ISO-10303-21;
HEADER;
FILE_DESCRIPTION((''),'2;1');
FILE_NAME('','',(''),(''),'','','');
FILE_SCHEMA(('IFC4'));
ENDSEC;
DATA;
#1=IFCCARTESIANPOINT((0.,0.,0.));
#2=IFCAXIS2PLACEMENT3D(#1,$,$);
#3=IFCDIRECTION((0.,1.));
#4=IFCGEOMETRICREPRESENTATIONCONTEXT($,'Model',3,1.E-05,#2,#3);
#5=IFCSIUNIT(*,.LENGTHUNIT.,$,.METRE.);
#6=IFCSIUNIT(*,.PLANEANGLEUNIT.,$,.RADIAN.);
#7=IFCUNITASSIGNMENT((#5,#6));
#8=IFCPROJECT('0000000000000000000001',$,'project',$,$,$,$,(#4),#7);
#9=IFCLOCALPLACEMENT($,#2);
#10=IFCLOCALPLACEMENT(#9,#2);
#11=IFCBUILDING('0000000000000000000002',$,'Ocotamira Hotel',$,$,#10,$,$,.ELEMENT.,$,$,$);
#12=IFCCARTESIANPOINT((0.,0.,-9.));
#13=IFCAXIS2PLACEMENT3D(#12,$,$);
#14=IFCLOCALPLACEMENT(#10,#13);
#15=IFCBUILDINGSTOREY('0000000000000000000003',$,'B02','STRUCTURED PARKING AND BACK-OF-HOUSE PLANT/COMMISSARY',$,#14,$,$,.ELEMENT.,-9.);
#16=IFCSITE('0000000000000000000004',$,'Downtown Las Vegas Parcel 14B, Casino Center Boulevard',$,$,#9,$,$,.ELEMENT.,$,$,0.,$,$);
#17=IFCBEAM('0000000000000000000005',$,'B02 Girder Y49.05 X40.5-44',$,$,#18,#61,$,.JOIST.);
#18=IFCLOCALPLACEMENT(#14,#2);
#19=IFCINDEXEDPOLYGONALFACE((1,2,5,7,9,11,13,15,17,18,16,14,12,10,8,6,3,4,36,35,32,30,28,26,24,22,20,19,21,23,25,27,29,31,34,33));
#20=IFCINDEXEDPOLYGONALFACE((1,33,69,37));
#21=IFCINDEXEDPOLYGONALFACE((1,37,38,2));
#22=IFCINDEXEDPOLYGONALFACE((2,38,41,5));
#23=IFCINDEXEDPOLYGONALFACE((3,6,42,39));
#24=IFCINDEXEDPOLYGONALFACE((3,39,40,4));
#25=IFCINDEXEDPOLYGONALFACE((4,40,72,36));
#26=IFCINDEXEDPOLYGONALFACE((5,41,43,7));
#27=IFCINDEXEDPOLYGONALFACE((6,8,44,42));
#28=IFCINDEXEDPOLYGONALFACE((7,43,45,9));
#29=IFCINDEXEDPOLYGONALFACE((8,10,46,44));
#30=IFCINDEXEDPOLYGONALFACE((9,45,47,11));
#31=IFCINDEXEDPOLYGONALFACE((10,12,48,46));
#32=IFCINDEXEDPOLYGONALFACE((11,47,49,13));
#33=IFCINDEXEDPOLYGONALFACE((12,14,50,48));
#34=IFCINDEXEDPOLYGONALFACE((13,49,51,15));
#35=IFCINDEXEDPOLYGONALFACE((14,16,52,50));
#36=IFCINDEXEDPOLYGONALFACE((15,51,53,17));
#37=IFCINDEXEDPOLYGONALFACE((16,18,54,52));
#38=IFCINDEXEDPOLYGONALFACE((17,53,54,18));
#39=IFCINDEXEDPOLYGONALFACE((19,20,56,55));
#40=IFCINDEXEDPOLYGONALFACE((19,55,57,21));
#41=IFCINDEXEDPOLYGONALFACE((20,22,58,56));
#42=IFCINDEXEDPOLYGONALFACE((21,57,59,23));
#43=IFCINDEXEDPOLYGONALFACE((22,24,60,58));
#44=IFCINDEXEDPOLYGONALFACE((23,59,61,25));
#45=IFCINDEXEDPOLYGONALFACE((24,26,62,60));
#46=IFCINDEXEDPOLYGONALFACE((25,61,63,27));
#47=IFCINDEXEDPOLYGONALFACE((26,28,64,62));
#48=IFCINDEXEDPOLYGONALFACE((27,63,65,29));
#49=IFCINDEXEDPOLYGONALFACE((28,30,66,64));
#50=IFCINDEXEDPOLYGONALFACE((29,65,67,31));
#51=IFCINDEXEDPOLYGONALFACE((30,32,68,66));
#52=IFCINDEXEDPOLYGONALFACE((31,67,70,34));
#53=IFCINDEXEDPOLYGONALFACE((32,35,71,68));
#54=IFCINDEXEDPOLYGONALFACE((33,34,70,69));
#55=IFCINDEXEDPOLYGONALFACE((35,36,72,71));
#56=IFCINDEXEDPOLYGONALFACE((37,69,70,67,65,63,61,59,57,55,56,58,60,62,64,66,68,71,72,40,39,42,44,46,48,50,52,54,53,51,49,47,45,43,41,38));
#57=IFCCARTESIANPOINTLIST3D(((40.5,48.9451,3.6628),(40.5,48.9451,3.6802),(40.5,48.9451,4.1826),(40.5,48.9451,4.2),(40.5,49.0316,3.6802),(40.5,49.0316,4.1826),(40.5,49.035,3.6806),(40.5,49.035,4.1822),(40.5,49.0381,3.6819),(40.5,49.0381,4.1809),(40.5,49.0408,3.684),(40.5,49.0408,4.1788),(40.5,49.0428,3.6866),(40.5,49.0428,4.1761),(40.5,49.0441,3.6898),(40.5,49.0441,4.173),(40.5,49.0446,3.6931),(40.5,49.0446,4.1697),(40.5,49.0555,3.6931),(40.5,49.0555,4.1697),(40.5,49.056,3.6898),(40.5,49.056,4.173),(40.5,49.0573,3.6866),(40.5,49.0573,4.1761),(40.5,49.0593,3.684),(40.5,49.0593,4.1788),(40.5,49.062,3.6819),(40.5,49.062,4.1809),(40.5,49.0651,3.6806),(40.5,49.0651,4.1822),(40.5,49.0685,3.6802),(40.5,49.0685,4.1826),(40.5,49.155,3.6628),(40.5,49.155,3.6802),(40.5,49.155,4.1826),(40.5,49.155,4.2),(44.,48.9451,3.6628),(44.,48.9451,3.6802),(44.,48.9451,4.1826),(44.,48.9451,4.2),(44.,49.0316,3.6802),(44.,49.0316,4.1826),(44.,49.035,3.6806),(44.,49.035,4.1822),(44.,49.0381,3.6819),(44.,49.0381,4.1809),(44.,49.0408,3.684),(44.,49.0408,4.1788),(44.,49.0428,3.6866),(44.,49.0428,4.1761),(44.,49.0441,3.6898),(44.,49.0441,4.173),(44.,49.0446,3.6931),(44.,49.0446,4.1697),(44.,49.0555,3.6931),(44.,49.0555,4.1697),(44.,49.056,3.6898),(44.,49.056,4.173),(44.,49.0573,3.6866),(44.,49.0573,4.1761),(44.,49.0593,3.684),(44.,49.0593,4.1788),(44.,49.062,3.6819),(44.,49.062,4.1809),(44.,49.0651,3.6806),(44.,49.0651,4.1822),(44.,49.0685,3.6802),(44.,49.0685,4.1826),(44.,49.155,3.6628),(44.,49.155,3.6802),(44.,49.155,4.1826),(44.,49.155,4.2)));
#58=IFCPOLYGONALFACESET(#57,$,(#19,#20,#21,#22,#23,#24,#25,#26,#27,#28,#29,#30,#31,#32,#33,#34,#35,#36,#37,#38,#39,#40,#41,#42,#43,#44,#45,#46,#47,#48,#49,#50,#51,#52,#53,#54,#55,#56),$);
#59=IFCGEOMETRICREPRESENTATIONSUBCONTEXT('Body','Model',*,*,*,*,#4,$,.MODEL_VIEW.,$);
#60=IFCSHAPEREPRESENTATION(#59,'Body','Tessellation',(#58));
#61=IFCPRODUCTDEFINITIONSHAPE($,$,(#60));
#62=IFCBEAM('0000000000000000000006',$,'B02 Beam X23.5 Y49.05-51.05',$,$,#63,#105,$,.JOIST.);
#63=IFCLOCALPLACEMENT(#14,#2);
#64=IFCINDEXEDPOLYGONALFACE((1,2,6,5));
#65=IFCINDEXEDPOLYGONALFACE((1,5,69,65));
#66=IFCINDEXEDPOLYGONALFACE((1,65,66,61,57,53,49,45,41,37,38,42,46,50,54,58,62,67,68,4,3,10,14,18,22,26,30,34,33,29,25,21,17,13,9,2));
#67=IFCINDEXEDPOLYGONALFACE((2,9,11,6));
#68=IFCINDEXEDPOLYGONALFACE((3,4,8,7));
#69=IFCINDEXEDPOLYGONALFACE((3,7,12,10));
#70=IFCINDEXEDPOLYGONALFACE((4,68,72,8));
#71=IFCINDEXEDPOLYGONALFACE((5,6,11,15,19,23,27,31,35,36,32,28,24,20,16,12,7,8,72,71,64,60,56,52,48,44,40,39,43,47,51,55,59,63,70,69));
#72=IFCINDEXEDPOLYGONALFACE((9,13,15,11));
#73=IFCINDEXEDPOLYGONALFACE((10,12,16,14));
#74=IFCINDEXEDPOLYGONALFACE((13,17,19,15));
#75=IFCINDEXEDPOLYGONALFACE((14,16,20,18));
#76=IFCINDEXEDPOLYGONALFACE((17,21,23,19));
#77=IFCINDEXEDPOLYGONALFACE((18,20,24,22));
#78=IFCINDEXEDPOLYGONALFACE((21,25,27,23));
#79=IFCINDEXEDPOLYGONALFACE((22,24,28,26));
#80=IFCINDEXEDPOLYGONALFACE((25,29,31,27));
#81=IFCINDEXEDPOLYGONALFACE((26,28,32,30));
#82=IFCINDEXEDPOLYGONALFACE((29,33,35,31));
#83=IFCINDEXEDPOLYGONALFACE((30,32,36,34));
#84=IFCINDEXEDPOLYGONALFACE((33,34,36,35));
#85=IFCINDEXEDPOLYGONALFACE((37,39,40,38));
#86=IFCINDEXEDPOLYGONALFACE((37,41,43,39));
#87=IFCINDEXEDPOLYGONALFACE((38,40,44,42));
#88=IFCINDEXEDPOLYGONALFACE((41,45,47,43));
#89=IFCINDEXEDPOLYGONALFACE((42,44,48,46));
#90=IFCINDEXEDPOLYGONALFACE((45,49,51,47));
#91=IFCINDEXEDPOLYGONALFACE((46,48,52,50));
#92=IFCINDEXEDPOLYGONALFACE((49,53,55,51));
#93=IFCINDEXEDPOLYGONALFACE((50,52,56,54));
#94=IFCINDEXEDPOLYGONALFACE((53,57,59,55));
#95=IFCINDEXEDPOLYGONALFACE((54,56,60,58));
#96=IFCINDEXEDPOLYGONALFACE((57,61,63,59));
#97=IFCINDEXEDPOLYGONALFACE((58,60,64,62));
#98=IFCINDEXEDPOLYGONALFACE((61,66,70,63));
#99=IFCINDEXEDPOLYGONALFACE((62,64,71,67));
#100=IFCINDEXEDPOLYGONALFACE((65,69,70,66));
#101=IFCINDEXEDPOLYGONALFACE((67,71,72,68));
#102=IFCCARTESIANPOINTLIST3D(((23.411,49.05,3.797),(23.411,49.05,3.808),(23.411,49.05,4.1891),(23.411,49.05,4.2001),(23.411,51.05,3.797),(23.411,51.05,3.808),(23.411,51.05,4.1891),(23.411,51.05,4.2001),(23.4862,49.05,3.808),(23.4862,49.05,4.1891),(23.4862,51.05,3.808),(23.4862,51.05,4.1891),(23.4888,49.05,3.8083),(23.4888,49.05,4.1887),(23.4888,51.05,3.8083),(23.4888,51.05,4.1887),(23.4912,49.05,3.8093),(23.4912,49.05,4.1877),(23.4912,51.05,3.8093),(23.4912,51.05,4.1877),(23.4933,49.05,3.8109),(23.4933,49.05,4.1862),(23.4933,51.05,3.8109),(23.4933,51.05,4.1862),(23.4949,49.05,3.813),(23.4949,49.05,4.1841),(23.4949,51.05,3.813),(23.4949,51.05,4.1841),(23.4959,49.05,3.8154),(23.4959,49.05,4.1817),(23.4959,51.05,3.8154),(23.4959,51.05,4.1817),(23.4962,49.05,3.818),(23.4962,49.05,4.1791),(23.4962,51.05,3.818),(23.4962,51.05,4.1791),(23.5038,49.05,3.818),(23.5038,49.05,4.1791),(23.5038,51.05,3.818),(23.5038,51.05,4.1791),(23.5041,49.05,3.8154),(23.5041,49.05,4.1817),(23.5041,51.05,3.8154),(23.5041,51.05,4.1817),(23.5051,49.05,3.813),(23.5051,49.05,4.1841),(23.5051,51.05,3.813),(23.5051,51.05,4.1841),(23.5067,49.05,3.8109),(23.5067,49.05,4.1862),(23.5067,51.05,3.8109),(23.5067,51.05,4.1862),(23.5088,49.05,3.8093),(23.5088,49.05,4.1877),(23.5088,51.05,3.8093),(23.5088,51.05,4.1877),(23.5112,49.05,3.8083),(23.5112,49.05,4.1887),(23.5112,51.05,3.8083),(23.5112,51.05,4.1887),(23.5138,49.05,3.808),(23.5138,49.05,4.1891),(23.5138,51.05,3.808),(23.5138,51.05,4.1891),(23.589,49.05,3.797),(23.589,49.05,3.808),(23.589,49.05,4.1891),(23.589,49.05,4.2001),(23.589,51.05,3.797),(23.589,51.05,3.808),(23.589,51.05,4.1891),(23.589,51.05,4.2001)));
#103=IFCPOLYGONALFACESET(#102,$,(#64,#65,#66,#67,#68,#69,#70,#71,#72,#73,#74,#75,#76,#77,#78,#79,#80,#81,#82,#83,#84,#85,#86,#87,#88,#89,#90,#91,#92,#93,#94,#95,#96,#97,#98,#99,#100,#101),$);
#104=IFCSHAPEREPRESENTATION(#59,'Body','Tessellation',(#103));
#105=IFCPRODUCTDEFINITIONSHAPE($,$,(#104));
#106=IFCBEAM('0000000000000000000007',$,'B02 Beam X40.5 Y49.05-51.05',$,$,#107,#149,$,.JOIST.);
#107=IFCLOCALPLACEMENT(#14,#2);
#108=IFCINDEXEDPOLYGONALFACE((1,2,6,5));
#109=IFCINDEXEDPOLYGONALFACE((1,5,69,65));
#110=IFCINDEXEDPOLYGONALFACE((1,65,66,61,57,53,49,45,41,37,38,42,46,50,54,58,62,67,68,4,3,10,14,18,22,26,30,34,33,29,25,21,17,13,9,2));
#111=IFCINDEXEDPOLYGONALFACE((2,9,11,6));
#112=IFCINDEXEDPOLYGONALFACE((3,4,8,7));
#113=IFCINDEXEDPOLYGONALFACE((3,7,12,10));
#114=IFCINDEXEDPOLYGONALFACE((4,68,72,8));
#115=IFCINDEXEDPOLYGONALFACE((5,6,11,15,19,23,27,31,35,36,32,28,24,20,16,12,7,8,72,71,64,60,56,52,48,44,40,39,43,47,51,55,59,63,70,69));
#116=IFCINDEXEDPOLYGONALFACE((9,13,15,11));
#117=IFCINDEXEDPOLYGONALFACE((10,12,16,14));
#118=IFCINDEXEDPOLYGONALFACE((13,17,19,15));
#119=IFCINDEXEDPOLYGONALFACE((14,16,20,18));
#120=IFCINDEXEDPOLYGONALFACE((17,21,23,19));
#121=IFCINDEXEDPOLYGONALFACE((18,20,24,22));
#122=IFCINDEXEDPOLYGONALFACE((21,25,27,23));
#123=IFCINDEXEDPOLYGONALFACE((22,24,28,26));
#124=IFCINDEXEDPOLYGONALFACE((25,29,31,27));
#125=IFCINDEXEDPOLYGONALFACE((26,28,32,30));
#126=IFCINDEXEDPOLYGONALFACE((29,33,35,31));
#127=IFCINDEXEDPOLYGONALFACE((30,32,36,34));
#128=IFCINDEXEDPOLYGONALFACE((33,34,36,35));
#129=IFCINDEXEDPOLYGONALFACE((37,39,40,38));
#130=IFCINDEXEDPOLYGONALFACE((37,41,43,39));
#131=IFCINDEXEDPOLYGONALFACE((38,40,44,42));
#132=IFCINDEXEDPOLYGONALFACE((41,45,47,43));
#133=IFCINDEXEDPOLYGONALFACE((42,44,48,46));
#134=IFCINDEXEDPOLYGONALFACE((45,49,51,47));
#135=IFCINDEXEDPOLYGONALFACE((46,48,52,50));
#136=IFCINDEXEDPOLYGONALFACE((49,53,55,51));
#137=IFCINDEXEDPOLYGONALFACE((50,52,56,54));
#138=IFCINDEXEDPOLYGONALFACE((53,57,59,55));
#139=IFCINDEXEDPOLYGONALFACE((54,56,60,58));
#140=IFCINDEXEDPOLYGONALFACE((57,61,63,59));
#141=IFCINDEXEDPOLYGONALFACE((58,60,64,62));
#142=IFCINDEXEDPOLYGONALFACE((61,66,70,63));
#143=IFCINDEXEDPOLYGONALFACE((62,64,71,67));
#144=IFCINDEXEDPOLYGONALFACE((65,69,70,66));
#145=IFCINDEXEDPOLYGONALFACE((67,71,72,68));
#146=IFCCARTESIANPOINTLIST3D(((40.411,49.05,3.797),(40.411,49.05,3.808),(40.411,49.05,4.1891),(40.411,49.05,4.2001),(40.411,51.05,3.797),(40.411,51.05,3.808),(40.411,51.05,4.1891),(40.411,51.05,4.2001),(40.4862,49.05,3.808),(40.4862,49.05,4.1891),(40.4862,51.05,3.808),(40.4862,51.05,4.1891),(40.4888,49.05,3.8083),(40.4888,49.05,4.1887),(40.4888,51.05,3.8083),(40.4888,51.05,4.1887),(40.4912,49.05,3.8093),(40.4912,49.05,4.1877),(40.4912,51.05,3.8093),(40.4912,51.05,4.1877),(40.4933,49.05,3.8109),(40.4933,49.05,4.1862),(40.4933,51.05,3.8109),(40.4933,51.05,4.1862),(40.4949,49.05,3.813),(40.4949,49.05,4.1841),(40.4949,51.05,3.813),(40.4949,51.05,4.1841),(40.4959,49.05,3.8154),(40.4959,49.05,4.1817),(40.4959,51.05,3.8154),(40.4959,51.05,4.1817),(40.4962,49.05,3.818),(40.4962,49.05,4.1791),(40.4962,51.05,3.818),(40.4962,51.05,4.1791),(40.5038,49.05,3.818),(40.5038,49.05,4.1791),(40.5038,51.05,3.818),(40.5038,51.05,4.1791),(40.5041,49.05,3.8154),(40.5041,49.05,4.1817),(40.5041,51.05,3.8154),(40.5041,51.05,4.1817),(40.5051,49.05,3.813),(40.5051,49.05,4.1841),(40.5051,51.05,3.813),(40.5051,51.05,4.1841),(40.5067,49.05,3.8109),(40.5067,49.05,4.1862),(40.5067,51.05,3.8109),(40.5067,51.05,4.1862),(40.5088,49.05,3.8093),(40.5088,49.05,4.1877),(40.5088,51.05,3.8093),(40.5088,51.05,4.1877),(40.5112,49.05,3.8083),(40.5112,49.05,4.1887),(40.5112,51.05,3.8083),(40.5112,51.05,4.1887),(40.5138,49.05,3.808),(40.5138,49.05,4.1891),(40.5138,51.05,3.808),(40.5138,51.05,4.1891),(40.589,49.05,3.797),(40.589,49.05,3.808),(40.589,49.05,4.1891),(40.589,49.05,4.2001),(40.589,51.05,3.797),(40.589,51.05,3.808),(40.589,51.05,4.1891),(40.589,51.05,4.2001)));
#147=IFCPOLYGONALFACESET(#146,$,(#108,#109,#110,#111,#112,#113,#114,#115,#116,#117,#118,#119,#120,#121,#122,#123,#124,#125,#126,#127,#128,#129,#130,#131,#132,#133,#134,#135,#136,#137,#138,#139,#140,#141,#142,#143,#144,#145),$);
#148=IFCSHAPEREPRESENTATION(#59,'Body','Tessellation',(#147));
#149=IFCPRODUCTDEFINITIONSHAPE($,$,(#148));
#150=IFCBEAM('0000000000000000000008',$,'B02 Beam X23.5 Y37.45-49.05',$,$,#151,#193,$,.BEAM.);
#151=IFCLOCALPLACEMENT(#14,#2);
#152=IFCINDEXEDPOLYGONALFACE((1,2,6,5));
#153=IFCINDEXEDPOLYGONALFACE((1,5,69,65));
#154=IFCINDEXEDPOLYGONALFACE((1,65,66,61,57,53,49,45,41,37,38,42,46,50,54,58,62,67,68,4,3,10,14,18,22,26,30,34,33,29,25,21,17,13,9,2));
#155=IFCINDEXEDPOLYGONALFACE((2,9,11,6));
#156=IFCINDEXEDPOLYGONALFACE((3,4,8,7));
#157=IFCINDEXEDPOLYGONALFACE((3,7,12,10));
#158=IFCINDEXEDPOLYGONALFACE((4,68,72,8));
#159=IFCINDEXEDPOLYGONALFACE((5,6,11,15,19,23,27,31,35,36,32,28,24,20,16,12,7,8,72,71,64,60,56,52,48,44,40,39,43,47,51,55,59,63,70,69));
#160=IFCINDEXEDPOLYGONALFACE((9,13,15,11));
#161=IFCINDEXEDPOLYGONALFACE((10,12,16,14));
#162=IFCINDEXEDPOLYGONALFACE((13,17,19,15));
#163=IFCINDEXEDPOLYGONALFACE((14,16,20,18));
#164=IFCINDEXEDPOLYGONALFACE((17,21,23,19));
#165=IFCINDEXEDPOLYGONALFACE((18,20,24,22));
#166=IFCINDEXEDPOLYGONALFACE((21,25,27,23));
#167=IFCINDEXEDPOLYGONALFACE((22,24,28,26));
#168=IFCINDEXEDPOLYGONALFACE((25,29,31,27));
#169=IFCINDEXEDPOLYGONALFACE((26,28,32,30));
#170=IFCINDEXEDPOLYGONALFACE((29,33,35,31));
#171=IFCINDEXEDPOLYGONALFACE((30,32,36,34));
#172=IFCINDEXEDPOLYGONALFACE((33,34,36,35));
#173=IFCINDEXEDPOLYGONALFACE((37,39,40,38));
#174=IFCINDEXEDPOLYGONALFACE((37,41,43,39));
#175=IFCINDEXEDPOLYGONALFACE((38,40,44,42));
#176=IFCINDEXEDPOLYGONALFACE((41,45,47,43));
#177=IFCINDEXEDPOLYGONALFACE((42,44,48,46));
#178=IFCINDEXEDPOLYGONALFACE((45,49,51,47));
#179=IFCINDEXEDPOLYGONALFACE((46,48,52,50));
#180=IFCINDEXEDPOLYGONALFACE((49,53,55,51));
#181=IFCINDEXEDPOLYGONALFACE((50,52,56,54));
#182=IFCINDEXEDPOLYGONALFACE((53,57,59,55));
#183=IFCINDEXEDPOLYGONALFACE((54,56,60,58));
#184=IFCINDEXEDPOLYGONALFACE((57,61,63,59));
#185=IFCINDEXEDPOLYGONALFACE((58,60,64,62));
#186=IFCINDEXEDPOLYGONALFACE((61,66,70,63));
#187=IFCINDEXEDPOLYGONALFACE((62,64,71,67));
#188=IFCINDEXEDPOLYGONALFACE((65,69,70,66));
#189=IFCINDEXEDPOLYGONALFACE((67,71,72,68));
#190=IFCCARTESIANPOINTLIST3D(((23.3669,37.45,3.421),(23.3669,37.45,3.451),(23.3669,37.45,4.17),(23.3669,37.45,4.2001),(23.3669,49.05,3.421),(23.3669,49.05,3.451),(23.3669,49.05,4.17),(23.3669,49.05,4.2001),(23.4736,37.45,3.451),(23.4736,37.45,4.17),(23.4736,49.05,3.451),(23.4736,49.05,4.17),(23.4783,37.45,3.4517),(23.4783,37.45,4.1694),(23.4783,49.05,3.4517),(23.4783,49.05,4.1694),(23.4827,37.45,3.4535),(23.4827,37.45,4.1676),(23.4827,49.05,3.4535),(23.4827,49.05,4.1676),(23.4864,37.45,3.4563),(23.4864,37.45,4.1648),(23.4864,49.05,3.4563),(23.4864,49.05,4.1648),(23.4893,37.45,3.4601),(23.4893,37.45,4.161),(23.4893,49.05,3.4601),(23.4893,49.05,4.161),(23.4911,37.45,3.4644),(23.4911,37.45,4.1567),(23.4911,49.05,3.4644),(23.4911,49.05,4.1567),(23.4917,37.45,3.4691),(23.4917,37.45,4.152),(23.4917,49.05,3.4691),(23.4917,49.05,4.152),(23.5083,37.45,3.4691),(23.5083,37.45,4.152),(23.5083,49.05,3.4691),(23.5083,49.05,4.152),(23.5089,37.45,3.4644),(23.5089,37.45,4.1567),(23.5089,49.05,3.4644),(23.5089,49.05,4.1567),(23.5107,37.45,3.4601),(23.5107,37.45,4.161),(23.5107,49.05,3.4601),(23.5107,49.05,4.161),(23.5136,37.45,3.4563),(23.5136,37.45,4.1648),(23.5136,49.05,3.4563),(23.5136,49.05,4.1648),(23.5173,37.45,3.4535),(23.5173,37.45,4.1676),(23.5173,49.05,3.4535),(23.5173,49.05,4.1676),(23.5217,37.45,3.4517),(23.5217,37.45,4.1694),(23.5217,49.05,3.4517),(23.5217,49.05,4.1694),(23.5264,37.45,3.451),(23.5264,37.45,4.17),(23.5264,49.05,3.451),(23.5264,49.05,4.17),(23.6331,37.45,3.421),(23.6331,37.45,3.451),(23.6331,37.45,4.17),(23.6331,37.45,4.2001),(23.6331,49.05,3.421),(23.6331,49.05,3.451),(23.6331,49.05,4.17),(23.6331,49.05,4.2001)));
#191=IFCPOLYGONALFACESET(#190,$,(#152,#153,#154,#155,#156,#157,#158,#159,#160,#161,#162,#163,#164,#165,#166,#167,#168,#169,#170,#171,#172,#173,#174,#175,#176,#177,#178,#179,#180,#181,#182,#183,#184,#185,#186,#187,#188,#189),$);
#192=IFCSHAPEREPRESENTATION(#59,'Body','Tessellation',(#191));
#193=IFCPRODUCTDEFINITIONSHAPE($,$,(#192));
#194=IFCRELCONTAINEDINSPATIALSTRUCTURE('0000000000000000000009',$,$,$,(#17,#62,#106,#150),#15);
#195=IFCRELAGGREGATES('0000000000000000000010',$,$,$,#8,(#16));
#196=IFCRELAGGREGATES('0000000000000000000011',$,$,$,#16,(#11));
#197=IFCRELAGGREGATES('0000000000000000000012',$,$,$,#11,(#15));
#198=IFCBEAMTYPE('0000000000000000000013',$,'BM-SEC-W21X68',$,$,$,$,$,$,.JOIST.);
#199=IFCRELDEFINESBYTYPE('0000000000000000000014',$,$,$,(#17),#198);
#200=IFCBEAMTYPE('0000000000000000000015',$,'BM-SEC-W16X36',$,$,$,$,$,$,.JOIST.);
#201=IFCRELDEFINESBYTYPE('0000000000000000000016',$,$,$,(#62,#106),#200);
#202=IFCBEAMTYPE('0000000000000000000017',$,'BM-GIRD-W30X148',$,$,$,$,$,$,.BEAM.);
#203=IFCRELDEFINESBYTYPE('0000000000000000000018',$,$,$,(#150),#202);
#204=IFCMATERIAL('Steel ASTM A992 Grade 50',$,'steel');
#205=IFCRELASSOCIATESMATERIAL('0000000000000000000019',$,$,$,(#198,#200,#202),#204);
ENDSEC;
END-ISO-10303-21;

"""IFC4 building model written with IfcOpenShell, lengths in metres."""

from ifc_helpers import new_model, si_unit, direction, frame, origin, origin_2d, place, context, subcontext, project, spatial, i_section, extrude, source, transform, mapped, material, material_profile, profile_set, type_object, element, save


model = new_model("IFC4")

# Units and contexts
model_context = context("Model", 3, precision=1e-05, world=origin(), true_north=direction((0.0, 1.0)))
body_context = subcontext(model_context, "Body", "Model", "MODEL_VIEW")
ifc_project = project(units=[si_unit("LENGTHUNIT", "METRE"), si_unit("PLANEANGLEUNIT", "RADIAN")], contexts=[model_context])

# Site, building, storey
site_placement = place(None, origin())
site = spatial("IfcSite", under=ifc_project, at=site_placement, Name="Downtown Las Vegas Parcel 14B, Casino Center Boulevard", CompositionType="ELEMENT", RefElevation=0.0)
building_placement = place(site_placement, origin())
building = spatial("IfcBuilding", under=site, at=building_placement, Name="Ocotamira Hotel", CompositionType="ELEMENT")
storey_placement = place(building_placement, frame((0.0, 0.0, -9.0)))
storey = spatial("IfcBuildingStorey", under=building, at=storey_placement, Name="B02", Description="STRUCTURED PARKING AND BACK-OF-HOUSE PLANT/COMMISSARY", CompositionType="ELEMENT", Elevation=-9.0)

# Beams
ifc_material_1 = material(Name="Steel ASTM A992 Grade 50", Category="steel")
ifc_material_profile_1 = material_profile(ifc_material_1, i_section(OverallWidth=0.21, OverallDepth=0.5371, WebThickness=0.011, FlangeThickness=0.0173, FilletRadius=0.0129, at=origin_2d()), Name="W21X68")
ifc_profile_set_1 = profile_set([ifc_material_profile_1], Name="Steel ASTM A992 Grade 50")
beam_type_1 = type_object("IfcBeamType", Name="BM-SEC-W21X68", PredefinedType="JOIST", material=ifc_profile_set_1)
shared_shape_1 = source(origin(), body_context, "Body", "SweptSolid", [
    extrude(i_section(OverallWidth=0.21, OverallDepth=0.5371, WebThickness=0.011, FlangeThickness=0.0173, FilletRadius=0.0129, at=origin_2d()), origin(), (0.0, 0.0, 1.0), 3.5),
])
beam_placement = place(storey_placement, frame((40.5, 49.05, 3.9314), z_axis=(1.0, 0.0, 0.0), x_axis=(0.0, 1.0, 0.0)))
element("IfcBeam", 1, at=beam_placement, inside=storey, type_object=beam_type_1, Name="B02 Girder Y49.05 X40.5-44", PredefinedType="JOIST", context=body_context, shape_type="MappedRepresentation", body=[
    mapped(shared_shape_1, transform((0.0, 0.0, 0.0), scale=1.0)),
])
ifc_material_profile_2 = material_profile(ifc_material_1, i_section(OverallWidth=0.178, OverallDepth=0.4031, WebThickness=0.0076, FlangeThickness=0.011, FilletRadius=0.01, at=origin_2d()), Name="W16X36")
ifc_profile_set_2 = profile_set([ifc_material_profile_2], Name="Steel ASTM A992 Grade 50")
beam_type_2 = type_object("IfcBeamType", Name="BM-SEC-W16X36", PredefinedType="JOIST", material=ifc_profile_set_2)
shared_shape_2 = source(origin(), body_context, "Body", "SweptSolid", [
    extrude(i_section(OverallWidth=0.178, OverallDepth=0.4031, WebThickness=0.0076, FlangeThickness=0.011, FilletRadius=0.01, at=origin_2d()), origin(), (0.0, 0.0, 1.0), 2.0),
])
for number, where, z_axis, x_axis, name in (
    (2, (23.5, 49.05, 3.9985), (0.0, 1.0, 0.0), (-1.0, 0.0, 0.0), "B02 Beam X23.5 Y49.05-51.05"),
    (3, (40.5, 49.05, 3.9985), (0.0, 1.0, 0.0), (-1.0, 0.0, 0.0), "B02 Beam X40.5 Y49.05-51.05"),
):
    element("IfcBeam", number, at=place(storey_placement, frame(where, z_axis=z_axis, x_axis=x_axis)), inside=storey, type_object=beam_type_2, Name=name, PredefinedType="JOIST", context=body_context, shape_type="MappedRepresentation", body=[
        mapped(shared_shape_2, transform((0.0, 0.0, 0.0), scale=1.0)),
    ])
ifc_material_profile_3 = material_profile(ifc_material_1, i_section(OverallWidth=0.2661, OverallDepth=0.7791, WebThickness=0.0166, FlangeThickness=0.03, FilletRadius=0.0181, at=origin_2d()), Name="W30X148")
ifc_profile_set_3 = profile_set([ifc_material_profile_3], Name="Steel ASTM A992 Grade 50")
beam_type_3 = type_object("IfcBeamType", Name="BM-GIRD-W30X148", PredefinedType="BEAM", material=ifc_profile_set_3)
shared_shape_3 = source(origin(), body_context, "Body", "SweptSolid", [
    extrude(i_section(OverallWidth=0.2661, OverallDepth=0.7791, WebThickness=0.0166, FlangeThickness=0.03, FilletRadius=0.0181, at=origin_2d()), origin(), (0.0, 0.0, 1.0), 11.6001),
])
for number, where, z_axis, x_axis, name in (
    (4, (23.5, 37.45, 3.8105), (0.0, 1.0, 0.0), (-1.0, 0.0, 0.0), "B02 Beam X23.5 Y37.45-49.05"),
):
    element("IfcBeam", number, at=place(storey_placement, frame(where, z_axis=z_axis, x_axis=x_axis)), inside=storey, type_object=beam_type_3, Name=name, PredefinedType="BEAM", context=body_context, shape_type="MappedRepresentation", body=[
        mapped(shared_shape_3, transform((0.0, 0.0, 0.0), scale=1.0)),
    ])

save(model, "model.ifc")
